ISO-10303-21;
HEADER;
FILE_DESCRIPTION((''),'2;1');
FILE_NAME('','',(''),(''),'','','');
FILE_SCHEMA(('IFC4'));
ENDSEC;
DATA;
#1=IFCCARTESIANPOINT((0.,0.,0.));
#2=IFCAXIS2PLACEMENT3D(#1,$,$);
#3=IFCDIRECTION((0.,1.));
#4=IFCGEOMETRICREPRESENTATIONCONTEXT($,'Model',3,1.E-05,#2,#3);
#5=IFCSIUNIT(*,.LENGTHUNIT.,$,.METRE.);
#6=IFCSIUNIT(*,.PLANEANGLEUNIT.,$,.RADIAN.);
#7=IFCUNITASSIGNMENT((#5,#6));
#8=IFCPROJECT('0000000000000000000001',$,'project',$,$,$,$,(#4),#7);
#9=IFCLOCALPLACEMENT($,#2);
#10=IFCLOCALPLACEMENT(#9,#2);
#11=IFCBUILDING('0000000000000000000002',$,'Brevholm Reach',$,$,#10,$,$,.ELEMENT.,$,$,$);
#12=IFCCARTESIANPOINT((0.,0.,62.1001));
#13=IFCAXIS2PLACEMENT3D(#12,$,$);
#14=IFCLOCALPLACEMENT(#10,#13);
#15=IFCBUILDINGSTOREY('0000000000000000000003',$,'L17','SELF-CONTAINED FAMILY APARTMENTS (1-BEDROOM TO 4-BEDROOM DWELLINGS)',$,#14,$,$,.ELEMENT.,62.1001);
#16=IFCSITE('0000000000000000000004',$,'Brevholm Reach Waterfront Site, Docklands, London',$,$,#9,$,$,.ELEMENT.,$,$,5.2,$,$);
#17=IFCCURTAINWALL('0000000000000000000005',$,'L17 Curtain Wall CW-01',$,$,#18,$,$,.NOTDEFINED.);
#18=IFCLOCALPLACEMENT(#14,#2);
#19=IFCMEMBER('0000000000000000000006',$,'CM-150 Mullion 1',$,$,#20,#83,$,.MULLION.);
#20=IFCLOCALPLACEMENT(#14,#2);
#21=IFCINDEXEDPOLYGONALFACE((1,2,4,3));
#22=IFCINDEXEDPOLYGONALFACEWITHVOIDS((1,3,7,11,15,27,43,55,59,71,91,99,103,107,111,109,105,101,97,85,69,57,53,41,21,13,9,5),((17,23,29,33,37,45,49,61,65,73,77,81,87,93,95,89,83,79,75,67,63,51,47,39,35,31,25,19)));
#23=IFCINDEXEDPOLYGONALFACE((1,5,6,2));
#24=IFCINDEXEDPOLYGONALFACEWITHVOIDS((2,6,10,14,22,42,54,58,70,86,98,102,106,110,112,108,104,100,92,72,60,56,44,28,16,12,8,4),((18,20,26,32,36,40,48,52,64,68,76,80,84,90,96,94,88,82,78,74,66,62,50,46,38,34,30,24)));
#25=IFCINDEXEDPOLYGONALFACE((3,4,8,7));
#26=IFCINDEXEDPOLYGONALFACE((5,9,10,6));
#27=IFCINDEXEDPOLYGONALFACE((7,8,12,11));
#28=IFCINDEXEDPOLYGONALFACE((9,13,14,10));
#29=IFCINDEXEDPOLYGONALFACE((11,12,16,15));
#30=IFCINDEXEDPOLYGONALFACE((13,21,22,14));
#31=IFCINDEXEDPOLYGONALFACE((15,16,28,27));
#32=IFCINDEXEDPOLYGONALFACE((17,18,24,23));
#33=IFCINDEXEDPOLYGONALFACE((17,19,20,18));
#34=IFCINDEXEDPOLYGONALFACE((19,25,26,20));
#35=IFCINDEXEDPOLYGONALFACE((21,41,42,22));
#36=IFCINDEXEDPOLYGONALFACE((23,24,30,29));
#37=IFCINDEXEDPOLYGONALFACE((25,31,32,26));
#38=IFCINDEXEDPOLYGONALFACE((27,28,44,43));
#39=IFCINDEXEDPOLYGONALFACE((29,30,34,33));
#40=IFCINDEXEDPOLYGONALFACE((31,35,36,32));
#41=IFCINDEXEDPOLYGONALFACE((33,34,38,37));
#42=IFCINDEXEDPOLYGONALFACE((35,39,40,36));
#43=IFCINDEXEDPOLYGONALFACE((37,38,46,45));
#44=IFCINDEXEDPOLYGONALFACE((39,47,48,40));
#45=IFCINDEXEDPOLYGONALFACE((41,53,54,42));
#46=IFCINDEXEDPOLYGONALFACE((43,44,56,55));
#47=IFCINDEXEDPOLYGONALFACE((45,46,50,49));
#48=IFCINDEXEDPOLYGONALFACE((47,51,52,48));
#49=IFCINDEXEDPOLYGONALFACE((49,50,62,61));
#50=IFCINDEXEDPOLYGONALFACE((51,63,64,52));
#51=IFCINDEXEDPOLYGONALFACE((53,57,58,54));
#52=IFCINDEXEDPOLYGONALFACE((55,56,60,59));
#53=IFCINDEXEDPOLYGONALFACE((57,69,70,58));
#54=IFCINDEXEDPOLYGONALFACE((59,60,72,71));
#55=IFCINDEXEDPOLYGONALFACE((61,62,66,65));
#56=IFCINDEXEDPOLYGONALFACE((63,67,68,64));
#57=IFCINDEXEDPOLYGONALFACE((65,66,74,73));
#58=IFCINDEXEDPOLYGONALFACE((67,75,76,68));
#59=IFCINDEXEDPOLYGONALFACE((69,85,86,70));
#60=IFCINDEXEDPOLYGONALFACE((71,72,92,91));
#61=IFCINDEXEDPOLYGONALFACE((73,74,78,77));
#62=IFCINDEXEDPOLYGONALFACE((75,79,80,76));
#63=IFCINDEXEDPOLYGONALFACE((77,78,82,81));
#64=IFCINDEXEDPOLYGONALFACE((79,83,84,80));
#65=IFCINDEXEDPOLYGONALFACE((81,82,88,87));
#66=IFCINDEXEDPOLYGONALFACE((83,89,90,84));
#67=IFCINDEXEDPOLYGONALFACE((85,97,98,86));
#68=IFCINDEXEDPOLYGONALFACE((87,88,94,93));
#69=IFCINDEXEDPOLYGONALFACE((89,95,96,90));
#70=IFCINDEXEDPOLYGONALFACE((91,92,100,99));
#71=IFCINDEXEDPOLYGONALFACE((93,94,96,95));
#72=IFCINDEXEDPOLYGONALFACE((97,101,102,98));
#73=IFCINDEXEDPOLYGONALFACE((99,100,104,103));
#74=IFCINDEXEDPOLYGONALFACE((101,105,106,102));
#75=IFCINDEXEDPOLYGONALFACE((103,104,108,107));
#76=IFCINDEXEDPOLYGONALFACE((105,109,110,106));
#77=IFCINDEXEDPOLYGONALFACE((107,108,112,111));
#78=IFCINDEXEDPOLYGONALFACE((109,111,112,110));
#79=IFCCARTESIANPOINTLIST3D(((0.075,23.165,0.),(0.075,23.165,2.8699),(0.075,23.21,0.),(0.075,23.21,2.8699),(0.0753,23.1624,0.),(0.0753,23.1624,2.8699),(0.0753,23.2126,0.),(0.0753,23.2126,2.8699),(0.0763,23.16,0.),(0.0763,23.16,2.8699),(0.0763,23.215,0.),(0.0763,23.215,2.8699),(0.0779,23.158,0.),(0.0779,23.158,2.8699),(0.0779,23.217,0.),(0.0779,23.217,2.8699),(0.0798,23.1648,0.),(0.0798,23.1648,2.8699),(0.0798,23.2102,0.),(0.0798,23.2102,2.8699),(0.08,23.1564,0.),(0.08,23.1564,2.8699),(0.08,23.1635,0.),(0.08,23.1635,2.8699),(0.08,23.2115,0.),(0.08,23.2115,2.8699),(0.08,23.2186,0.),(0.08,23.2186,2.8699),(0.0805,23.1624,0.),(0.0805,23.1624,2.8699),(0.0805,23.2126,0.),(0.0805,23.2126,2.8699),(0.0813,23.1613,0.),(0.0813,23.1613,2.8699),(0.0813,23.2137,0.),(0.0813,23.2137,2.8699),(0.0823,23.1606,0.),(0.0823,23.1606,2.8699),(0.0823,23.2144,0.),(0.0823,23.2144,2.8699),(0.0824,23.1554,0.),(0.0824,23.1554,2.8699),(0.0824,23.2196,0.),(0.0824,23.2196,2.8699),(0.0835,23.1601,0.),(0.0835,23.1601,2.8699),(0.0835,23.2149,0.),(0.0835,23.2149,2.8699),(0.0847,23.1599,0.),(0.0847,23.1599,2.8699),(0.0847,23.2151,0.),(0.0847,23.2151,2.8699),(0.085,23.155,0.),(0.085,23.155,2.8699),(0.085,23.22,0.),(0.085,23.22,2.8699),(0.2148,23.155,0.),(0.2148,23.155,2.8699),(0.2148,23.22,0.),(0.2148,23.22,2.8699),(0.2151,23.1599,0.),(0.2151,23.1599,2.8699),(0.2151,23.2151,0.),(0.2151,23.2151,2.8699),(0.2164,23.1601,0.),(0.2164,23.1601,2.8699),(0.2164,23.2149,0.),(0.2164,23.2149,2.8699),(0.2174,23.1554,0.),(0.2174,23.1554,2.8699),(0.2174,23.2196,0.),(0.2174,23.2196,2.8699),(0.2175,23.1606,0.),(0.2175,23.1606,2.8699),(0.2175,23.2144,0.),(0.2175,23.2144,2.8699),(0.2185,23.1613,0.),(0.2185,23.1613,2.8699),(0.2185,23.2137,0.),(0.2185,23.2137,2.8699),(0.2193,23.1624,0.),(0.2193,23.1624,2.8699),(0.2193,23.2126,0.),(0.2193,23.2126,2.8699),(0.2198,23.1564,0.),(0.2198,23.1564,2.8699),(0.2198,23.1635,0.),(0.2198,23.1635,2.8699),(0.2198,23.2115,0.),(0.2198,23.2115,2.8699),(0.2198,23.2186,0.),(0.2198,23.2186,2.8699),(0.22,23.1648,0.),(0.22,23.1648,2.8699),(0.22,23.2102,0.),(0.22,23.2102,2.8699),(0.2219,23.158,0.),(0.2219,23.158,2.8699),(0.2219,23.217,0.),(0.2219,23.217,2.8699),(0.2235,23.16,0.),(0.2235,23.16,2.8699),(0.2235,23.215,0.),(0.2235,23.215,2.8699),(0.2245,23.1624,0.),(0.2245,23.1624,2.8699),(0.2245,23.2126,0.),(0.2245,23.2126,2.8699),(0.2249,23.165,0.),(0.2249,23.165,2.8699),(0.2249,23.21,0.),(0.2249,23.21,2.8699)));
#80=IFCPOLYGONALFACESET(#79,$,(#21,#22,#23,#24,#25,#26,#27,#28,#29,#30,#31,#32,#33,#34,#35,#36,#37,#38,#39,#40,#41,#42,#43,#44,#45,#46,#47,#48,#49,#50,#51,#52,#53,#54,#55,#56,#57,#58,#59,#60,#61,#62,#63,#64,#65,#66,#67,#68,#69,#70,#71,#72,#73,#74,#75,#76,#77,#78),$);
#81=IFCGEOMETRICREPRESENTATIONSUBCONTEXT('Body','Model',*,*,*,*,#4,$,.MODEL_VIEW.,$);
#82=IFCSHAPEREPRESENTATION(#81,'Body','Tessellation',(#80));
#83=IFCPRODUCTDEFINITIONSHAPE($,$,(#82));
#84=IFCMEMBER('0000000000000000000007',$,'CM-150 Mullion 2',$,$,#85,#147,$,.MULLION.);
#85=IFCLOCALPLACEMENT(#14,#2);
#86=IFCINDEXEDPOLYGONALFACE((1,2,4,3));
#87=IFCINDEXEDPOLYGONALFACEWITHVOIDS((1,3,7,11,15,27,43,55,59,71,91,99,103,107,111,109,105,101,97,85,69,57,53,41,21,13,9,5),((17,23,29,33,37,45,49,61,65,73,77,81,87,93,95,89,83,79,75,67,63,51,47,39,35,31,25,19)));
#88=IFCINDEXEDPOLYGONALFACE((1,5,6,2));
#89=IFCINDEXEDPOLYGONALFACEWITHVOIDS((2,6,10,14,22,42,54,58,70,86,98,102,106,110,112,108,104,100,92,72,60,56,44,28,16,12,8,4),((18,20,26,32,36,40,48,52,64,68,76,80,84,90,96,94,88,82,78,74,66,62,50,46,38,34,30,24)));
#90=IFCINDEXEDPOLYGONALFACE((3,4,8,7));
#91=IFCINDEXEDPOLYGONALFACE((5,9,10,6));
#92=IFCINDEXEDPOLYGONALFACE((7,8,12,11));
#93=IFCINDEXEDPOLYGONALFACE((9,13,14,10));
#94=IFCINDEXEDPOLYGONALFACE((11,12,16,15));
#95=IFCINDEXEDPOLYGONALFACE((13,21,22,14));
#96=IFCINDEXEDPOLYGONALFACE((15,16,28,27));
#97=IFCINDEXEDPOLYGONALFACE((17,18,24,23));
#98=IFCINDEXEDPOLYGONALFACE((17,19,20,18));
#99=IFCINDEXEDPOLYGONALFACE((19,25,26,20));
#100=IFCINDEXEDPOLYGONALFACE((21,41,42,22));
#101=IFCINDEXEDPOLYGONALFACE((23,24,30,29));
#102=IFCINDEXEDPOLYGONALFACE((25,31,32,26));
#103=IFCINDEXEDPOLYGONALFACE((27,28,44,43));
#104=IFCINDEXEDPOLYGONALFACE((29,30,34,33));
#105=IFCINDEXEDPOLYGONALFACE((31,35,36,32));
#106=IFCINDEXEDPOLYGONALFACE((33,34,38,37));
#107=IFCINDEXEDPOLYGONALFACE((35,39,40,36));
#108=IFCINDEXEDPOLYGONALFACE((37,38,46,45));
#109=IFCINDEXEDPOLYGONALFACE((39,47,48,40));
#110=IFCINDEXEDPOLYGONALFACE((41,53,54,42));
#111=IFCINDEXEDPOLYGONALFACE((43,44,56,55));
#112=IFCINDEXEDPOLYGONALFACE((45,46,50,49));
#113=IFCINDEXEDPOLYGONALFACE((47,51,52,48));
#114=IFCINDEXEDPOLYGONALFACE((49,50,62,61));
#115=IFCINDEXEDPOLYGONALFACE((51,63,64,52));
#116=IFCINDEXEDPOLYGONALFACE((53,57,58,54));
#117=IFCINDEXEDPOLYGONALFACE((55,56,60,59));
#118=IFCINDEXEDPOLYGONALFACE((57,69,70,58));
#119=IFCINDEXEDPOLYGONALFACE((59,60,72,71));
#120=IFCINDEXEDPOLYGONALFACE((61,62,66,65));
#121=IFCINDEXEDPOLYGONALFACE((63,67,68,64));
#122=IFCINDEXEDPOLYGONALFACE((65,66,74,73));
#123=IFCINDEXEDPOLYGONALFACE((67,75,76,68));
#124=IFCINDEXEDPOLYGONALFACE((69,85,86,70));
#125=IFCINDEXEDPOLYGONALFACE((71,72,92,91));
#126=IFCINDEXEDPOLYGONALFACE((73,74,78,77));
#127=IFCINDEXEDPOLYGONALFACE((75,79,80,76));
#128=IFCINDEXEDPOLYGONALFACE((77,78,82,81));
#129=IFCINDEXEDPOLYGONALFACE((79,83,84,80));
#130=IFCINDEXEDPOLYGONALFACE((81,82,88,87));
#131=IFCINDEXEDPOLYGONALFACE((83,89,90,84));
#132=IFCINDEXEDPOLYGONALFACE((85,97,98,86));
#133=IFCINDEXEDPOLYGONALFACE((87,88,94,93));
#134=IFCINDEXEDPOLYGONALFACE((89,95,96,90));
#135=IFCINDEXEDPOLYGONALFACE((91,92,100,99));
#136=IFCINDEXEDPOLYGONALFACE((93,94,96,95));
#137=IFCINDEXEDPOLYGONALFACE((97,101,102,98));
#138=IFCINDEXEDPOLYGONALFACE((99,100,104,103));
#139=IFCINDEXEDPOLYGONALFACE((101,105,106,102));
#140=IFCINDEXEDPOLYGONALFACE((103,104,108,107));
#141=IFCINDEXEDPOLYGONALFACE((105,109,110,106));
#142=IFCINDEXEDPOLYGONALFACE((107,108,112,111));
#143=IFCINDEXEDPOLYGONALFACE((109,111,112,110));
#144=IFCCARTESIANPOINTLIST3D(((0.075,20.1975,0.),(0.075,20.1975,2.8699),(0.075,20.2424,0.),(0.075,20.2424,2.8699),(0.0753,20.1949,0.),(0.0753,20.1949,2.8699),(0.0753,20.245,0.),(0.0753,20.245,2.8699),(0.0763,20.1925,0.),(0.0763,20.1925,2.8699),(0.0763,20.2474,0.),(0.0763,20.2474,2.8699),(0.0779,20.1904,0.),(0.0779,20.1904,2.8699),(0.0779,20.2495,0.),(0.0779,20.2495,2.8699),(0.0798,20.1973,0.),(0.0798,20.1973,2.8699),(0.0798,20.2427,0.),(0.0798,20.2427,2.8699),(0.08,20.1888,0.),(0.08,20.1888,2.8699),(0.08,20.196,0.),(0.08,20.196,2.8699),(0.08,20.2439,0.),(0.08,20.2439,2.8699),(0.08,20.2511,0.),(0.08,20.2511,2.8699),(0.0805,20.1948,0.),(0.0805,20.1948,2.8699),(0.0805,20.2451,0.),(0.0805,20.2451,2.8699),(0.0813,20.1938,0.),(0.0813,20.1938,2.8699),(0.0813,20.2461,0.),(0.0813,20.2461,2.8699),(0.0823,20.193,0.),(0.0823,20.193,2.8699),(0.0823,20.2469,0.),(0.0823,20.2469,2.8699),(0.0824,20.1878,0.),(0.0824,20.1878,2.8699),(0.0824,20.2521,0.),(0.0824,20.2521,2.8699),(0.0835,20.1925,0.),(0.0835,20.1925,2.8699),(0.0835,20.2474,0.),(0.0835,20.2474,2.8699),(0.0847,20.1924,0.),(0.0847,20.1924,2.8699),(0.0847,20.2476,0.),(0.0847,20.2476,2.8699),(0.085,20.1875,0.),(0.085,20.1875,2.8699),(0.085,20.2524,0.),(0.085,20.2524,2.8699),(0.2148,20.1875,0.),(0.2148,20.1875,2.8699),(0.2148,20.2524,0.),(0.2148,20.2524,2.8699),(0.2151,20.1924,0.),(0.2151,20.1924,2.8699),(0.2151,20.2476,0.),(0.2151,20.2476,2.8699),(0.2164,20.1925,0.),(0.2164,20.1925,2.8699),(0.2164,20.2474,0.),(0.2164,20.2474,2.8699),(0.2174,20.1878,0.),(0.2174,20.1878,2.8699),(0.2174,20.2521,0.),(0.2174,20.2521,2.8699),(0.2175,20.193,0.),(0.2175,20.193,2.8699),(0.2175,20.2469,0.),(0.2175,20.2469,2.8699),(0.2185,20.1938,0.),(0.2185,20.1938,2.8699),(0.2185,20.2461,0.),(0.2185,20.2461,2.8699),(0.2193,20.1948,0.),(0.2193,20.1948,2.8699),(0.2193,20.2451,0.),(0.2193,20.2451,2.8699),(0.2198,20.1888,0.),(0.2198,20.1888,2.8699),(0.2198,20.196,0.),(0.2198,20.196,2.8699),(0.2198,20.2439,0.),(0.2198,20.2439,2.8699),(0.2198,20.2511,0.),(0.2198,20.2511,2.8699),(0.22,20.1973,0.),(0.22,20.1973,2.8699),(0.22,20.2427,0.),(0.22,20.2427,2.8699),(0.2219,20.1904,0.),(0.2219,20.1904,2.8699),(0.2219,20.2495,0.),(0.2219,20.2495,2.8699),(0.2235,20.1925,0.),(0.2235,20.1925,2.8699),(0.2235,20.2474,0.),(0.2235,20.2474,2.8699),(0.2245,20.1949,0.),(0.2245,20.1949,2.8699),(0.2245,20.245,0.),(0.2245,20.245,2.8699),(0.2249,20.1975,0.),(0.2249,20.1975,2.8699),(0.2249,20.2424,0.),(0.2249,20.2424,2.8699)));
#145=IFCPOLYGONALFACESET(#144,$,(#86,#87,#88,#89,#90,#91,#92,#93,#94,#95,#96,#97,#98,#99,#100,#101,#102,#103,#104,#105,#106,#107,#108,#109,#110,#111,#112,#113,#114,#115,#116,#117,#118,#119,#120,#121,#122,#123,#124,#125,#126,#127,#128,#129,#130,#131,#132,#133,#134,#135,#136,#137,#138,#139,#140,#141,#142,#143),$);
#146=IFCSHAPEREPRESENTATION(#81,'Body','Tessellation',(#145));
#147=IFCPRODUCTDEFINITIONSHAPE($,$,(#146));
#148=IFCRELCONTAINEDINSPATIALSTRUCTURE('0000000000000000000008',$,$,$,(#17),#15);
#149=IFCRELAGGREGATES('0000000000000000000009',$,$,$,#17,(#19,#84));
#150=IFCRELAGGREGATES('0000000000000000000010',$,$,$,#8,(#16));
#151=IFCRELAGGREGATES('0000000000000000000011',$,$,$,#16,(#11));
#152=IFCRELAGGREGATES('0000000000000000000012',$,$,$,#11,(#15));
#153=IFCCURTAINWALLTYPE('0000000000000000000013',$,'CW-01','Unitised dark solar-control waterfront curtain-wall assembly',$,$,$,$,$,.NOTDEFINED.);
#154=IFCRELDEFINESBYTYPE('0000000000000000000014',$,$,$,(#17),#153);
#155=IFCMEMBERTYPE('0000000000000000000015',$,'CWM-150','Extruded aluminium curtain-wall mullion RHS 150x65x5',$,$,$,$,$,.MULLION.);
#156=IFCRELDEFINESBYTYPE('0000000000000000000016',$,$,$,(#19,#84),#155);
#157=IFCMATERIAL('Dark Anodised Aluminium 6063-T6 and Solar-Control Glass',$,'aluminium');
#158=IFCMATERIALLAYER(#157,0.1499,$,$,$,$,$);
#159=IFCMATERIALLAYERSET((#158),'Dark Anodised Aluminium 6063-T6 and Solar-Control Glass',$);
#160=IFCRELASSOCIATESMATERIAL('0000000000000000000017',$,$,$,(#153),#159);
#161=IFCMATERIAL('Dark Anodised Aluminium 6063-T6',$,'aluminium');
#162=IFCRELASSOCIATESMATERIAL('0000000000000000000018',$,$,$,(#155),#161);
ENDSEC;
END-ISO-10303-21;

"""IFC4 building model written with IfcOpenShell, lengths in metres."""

from ifc_helpers import new_model, si_unit, direction, frame, origin, origin_2d, place, context, subcontext, project, spatial, hollow_rectangle, extrude, material, layer, layer_set, material_profile, profile_set, type_object, element, aggregate, save


model = new_model("IFC4")

# Units and contexts
model_context = context("Model", 3, precision=1e-05, world=origin(), true_north=direction((0.0, 1.0)))
body_context = subcontext(model_context, "Body", "Model", "MODEL_VIEW")
ifc_project = project(units=[si_unit("LENGTHUNIT", "METRE"), si_unit("PLANEANGLEUNIT", "RADIAN")], contexts=[model_context])

# Site, building, storey
site_placement = place(None, origin())
site = spatial("IfcSite", under=ifc_project, at=site_placement, Name="Brevholm Reach Waterfront Site, Docklands, London", CompositionType="ELEMENT", RefElevation=5.2)
building_placement = place(site_placement, origin())
building = spatial("IfcBuilding", under=site, at=building_placement, Name="Brevholm Reach", CompositionType="ELEMENT")
storey_placement = place(building_placement, frame((0.0, 0.0, 62.1001)))
storey = spatial("IfcBuildingStorey", under=building, at=storey_placement, Name="L17", Description="SELF-CONTAINED FAMILY APARTMENTS (1-BEDROOM TO 4-BEDROOM DWELLINGS)", CompositionType="ELEMENT", Elevation=62.1001)

# Curtain wall, members
ifc_material_1 = material(Name="Dark Anodised Aluminium 6063-T6 and Solar-Control Glass", Category="aluminium")
ifc_layer_1 = layer(ifc_material_1, 0.1499)
ifc_layer_set_1 = layer_set([ifc_layer_1], Name="Dark Anodised Aluminium 6063-T6 and Solar-Control Glass")
curtain_wall_type = type_object("IfcCurtainWallType", Name="CW-01", Description="Unitised dark solar-control waterfront curtain-wall assembly", PredefinedType="NOTDEFINED", material=ifc_layer_set_1)
curtain_wall_placement = place(storey_placement, origin())
curtain_wall = element("IfcCurtainWall", 1, at=curtain_wall_placement, inside=storey, type_object=curtain_wall_type, Name="L17 Curtain Wall CW-01", PredefinedType="NOTDEFINED")
ifc_material_2 = material(Name="Dark Anodised Aluminium 6063-T6", Category="aluminium")
ifc_material_profile_1 = material_profile(ifc_material_2, hollow_rectangle(XDim=0.0649, YDim=0.1499, WallThickness=0.0049, InnerFilletRadius=0.0049, OuterFilletRadius=0.01, at=origin_2d()), Name="RHS 150x65x5")
ifc_profile_set_1 = profile_set([ifc_material_profile_1], Name="Dark Anodised Aluminium 6063-T6")
member_type_1 = type_object("IfcMemberType", Name="CWM-150", Description="Extruded aluminium curtain-wall mullion RHS 150x65x5", PredefinedType="MULLION", material=ifc_profile_set_1)
member_1_placement = place(storey_placement, frame((0.1499, 23.1875, 0.0), z_axis=(0.0, 0.0, 1.0), x_axis=(0.0, -1.0, 0.0)))
member_1 = element("IfcMember", 2, at=member_1_placement, type_object=member_type_1, Name="CM-150 Mullion 1", PredefinedType="MULLION", context=body_context, shape_type="SweptSolid", body=[
    extrude(hollow_rectangle(XDim=0.0649, YDim=0.1499, WallThickness=0.0049, InnerFilletRadius=0.0049, OuterFilletRadius=0.01, at=origin_2d()), origin(), (0.0, 0.0, 1.0), 2.8699),
])
member_2_placement = place(storey_placement, frame((0.1499, 20.22, 0.0), z_axis=(0.0, 0.0, 1.0), x_axis=(0.0, -1.0, 0.0)))
member_2 = element("IfcMember", 3, at=member_2_placement, type_object=member_type_1, Name="CM-150 Mullion 2", PredefinedType="MULLION", context=body_context, shape_type="SweptSolid", body=[
    extrude(hollow_rectangle(XDim=0.0649, YDim=0.1499, WallThickness=0.0049, InnerFilletRadius=0.0049, OuterFilletRadius=0.01, at=origin_2d()), origin(), (0.0, 0.0, 1.0), 2.8699),
])
aggregate(curtain_wall, [member_1, member_2])

save(model, "model.ifc")
